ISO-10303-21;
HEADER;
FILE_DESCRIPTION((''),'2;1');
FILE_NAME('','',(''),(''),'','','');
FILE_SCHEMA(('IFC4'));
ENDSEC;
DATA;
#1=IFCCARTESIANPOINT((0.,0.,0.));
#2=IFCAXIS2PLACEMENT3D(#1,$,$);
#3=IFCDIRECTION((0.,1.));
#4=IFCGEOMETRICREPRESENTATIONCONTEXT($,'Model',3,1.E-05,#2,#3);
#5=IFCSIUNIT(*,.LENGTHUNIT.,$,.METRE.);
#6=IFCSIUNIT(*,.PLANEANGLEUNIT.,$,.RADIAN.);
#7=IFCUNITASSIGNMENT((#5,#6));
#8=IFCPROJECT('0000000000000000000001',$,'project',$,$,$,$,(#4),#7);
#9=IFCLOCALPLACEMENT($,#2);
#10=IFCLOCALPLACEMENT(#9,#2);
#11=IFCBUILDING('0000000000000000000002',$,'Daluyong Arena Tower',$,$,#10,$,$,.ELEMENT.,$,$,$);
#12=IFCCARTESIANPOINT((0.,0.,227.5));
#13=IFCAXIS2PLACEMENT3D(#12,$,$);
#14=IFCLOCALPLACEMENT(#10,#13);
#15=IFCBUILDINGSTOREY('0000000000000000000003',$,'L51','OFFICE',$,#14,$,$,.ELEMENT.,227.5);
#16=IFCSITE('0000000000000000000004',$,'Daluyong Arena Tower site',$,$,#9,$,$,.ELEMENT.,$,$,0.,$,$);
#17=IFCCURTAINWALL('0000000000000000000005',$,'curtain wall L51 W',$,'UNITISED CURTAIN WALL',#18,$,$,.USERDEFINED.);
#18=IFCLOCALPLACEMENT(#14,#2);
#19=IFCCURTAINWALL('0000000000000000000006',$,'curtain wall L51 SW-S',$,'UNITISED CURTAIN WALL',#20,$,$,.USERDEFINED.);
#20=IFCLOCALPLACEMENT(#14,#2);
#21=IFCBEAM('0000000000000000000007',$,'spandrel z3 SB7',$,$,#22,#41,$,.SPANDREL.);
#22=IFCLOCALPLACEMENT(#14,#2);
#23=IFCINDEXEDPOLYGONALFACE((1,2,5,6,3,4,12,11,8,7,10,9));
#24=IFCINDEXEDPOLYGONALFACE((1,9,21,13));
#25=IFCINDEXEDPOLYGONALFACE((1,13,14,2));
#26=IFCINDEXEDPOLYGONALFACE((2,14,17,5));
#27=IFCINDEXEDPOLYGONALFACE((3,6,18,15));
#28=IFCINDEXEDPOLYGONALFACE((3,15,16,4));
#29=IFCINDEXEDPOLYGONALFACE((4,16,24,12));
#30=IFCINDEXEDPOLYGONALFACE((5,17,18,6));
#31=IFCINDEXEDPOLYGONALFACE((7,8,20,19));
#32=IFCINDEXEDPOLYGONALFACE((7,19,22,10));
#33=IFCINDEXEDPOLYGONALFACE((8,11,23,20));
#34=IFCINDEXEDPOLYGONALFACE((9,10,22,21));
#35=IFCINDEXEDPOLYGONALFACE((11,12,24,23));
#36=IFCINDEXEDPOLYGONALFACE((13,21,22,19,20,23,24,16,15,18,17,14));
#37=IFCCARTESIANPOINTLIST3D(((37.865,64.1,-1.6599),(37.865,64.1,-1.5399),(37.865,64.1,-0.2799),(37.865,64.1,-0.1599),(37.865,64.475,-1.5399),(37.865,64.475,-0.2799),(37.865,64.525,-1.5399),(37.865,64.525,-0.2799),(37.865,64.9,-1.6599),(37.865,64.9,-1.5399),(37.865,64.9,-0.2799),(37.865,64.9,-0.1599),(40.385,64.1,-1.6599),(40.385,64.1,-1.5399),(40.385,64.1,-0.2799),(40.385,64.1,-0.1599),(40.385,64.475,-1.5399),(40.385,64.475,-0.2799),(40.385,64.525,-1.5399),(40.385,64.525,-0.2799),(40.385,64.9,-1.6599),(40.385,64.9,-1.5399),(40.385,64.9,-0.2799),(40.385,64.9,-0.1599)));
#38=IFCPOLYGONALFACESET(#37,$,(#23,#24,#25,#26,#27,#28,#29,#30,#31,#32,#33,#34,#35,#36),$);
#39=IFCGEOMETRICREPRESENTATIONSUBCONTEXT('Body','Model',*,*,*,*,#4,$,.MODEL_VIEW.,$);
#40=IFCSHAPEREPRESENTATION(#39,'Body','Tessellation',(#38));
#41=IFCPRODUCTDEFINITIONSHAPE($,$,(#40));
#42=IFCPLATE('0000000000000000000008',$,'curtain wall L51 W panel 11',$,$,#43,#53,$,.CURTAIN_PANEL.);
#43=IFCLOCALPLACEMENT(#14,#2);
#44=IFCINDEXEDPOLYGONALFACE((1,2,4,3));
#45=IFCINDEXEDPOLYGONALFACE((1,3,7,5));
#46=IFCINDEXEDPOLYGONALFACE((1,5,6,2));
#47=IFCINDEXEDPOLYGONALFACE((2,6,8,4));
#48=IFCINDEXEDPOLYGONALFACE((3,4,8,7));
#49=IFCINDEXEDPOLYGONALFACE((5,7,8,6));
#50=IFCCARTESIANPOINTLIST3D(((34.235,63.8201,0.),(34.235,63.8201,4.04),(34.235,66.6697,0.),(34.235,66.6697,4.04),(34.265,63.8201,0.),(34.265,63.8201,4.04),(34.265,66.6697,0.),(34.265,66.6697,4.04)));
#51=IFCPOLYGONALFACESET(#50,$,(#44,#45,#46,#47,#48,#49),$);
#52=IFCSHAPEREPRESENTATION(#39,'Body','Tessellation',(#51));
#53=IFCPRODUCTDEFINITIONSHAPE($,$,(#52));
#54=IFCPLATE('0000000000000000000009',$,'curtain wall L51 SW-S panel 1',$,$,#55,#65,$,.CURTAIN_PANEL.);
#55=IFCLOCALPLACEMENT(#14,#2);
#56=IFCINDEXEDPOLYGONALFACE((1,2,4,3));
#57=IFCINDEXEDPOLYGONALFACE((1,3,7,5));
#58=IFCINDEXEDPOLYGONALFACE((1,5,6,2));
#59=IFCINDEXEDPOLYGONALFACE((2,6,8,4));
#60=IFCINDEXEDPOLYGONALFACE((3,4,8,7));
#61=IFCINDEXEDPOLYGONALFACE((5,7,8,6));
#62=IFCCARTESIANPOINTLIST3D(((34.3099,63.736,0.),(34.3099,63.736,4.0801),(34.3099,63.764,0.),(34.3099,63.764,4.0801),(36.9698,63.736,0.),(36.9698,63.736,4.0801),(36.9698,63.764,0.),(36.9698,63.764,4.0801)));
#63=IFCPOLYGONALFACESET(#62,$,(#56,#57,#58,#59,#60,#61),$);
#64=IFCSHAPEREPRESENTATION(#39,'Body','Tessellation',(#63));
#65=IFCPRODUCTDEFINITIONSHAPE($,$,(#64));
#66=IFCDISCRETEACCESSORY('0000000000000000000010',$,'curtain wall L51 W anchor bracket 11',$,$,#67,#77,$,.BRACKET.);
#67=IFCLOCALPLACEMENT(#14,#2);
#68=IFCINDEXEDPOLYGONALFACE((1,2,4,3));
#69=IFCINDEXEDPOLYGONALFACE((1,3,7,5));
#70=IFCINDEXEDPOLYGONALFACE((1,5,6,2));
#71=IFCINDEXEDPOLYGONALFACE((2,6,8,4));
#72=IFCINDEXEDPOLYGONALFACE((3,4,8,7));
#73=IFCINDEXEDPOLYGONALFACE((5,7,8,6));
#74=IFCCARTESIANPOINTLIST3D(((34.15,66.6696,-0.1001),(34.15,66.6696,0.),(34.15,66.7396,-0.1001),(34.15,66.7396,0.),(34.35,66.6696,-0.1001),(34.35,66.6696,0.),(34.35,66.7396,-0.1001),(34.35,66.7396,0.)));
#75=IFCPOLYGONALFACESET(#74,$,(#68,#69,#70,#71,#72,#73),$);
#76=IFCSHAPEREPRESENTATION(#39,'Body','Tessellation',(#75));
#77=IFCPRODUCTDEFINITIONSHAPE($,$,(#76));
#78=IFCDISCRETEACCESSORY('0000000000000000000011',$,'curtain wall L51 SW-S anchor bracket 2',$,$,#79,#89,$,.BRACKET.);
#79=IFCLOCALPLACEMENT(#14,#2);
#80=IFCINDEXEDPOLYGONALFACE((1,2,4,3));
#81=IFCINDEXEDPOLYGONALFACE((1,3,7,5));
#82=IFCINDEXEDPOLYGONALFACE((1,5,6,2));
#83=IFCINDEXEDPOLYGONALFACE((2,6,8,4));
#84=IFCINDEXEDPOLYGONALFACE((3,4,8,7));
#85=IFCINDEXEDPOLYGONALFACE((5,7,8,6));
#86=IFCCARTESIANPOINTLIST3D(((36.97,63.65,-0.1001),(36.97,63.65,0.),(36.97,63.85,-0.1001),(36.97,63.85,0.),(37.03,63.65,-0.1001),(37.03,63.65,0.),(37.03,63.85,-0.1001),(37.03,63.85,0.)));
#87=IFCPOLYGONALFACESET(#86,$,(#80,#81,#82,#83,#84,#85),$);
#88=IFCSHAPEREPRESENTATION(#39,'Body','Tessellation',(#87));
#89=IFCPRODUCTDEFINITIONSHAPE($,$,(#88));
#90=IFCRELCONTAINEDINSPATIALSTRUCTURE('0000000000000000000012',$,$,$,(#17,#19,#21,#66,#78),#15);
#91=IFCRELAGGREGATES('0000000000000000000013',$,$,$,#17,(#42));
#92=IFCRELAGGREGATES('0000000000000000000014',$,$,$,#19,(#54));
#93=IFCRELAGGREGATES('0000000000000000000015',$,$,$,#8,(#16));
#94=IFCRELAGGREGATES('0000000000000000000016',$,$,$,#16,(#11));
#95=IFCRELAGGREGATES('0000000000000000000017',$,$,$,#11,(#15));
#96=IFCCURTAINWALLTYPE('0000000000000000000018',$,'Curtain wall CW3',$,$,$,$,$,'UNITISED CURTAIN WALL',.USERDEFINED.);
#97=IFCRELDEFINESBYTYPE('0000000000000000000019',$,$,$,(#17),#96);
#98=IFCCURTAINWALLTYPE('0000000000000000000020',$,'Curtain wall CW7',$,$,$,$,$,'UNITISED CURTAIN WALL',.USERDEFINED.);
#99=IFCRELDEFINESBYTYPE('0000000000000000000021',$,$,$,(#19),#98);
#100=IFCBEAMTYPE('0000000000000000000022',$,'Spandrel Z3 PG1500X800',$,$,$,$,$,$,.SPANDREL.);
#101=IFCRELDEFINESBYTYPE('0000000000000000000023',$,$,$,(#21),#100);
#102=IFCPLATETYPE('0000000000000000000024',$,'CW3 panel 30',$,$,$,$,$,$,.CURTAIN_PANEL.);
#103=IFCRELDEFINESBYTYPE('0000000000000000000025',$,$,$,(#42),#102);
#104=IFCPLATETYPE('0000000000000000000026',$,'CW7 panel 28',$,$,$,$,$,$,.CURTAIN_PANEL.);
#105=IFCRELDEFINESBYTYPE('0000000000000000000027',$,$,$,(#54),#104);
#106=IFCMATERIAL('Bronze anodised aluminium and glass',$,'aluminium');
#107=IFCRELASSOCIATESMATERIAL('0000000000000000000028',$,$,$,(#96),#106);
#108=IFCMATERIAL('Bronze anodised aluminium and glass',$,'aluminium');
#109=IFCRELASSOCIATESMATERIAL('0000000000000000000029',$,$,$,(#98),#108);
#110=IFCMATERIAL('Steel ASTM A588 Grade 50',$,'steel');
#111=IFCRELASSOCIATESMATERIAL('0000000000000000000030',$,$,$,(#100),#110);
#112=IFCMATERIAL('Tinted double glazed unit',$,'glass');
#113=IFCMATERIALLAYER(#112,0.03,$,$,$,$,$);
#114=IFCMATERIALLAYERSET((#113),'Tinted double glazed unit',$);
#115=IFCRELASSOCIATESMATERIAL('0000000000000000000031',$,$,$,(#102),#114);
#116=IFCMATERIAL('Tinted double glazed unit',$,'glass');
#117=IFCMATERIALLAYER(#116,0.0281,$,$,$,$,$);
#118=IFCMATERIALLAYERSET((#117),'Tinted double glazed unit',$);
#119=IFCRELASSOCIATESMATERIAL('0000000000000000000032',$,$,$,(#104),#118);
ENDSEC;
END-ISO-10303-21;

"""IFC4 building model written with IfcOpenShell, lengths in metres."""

from ifc_helpers import new_model, si_unit, direction, frame, origin, origin_2d, place, context, subcontext, project, spatial, rectangle, i_section, extrude, material, layer, layer_set, material_profile, profile_set, type_object, element, aggregate, save


model = new_model("IFC4")

# Units and contexts
model_context = context("Model", 3, precision=1e-05, world=origin(), true_north=direction((0.0, 1.0)))
body_context = subcontext(model_context, "Body", "Model", "MODEL_VIEW")
ifc_project = project(units=[si_unit("LENGTHUNIT", "METRE"), si_unit("PLANEANGLEUNIT", "RADIAN")], contexts=[model_context])

# Site, building, storey
site_placement = place(None, origin())
site = spatial("IfcSite", under=ifc_project, at=site_placement, Name="Daluyong Arena Tower site", CompositionType="ELEMENT", RefElevation=0.0)
building_placement = place(site_placement, origin())
building = spatial("IfcBuilding", under=site, at=building_placement, Name="Daluyong Arena Tower", CompositionType="ELEMENT")
storey_placement = place(building_placement, frame((0.0, 0.0, 227.5)))
storey = spatial("IfcBuildingStorey", under=building, at=storey_placement, Name="L51", Description="OFFICE", CompositionType="ELEMENT", Elevation=227.5)

# Curtain walls
ifc_material_1 = material(Name="Bronze anodised aluminium and glass", Category="aluminium")
curtain_wall_type_1 = type_object("IfcCurtainWallType", Name="Curtain wall CW3", ElementType="UNITISED CURTAIN WALL", PredefinedType="USERDEFINED", material=ifc_material_1)
curtain_wall_1_placement = place(storey_placement, origin())
curtain_wall_1 = element("IfcCurtainWall", 1, at=curtain_wall_1_placement, inside=storey, type_object=curtain_wall_type_1, Name="curtain wall L51 W", ObjectType="UNITISED CURTAIN WALL", PredefinedType="USERDEFINED")
ifc_material_2 = material(Name="Bronze anodised aluminium and glass", Category="aluminium")
curtain_wall_type_2 = type_object("IfcCurtainWallType", Name="Curtain wall CW7", ElementType="UNITISED CURTAIN WALL", PredefinedType="USERDEFINED", material=ifc_material_2)
curtain_wall_2_placement = place(storey_placement, origin())
curtain_wall_2 = element("IfcCurtainWall", 2, at=curtain_wall_2_placement, inside=storey, type_object=curtain_wall_type_2, Name="curtain wall L51 SW-S", ObjectType="UNITISED CURTAIN WALL", PredefinedType="USERDEFINED")

# Beam
ifc_material_3 = material(Name="Steel ASTM A588 Grade 50", Category="steel")
ifc_material_profile_1 = material_profile(ifc_material_3, i_section(OverallWidth=0.8, OverallDepth=1.5, WebThickness=0.05, FlangeThickness=0.12, at=origin_2d()))
ifc_profile_set_1 = profile_set([ifc_material_profile_1], Name="Steel ASTM A588 Grade 50")
beam_type = type_object("IfcBeamType", Name="Spandrel Z3 PG1500X800", PredefinedType="SPANDREL", material=ifc_profile_set_1)
for number, where, z_axis, x_axis, name in (
    (3, (37.865, 64.5, -0.9099), (1.0, 0.0, 0.0), (0.0, 1.0, 0.0), "spandrel z3 SB7"),
):
    element("IfcBeam", number, at=place(storey_placement, frame(where, z_axis=z_axis, x_axis=x_axis)), inside=storey, type_object=beam_type, Name=name, PredefinedType="SPANDREL", context=body_context, shape_type="SweptSolid", body=[
        extrude(i_section(OverallWidth=0.8, OverallDepth=1.5, WebThickness=0.05, FlangeThickness=0.12, at=origin_2d()), origin(), (0.0, 0.0, 1.0), 2.52),
    ])

# Plates
ifc_material_4 = material(Name="Tinted double glazed unit", Category="glass")
ifc_layer_1 = layer(ifc_material_4, 0.03)
ifc_layer_set_1 = layer_set([ifc_layer_1], Name="Tinted double glazed unit")
plate_type_1 = type_object("IfcPlateType", Name="CW3 panel 30", PredefinedType="CURTAIN_PANEL", material=ifc_layer_set_1)
plate_1_placement = place(storey_placement, frame((34.25, 65.2449, 0.0), z_axis=(0.0, 0.0, 1.0), x_axis=(0.0, -1.0, 0.0)))
plate_1 = element("IfcPlate", 4, at=plate_1_placement, type_object=plate_type_1, Name="curtain wall L51 W panel 11", PredefinedType="CURTAIN_PANEL", context=body_context, shape_type="SweptSolid", body=[
    extrude(rectangle(XDim=2.8496, YDim=0.03, at=origin_2d()), origin(), (0.0, 0.0, 1.0), 4.04),
])
aggregate(curtain_wall_1, [plate_1])
ifc_material_5 = material(Name="Tinted double glazed unit", Category="glass")
ifc_layer_2 = layer(ifc_material_5, 0.0281)
ifc_layer_set_2 = layer_set([ifc_layer_2], Name="Tinted double glazed unit")
plate_type_2 = type_object("IfcPlateType", Name="CW7 panel 28", PredefinedType="CURTAIN_PANEL", material=ifc_layer_set_2)
plate_2_placement = place(storey_placement, frame((35.6399, 63.75, 0.0), z_axis=(0.0, 0.0, 1.0), x_axis=(1.0, 0.0, 0.0)))
plate_2 = element("IfcPlate", 5, at=plate_2_placement, type_object=plate_type_2, Name="curtain wall L51 SW-S panel 1", PredefinedType="CURTAIN_PANEL", context=body_context, shape_type="SweptSolid", body=[
    extrude(rectangle(XDim=2.6599, YDim=0.0281, at=origin_2d()), origin(), (0.0, 0.0, 1.0), 4.0801),
])
aggregate(curtain_wall_2, [plate_2])

# Discrete accessories
discrete_accessory_1_placement = place(storey_placement, frame((34.25, 66.7046, -0.1001), z_axis=(0.0, 0.0, 1.0), x_axis=(0.0, -1.0, 0.0)))
element("IfcDiscreteAccessory", 6, at=discrete_accessory_1_placement, inside=storey, Name="curtain wall L51 W anchor bracket 11", PredefinedType="BRACKET", context=body_context, shape_type="SweptSolid", body=[
    extrude(rectangle(XDim=0.0701, YDim=0.2, at=origin_2d()), origin(), (0.0, 0.0, 1.0), 0.1001),
])
discrete_accessory_2_placement = place(storey_placement, frame((37.0, 63.75, -0.1001), z_axis=(0.0, 0.0, 1.0), x_axis=(1.0, 0.0, 0.0)))
element("IfcDiscreteAccessory", 7, at=discrete_accessory_2_placement, inside=storey, Name="curtain wall L51 SW-S anchor bracket 2", PredefinedType="BRACKET", context=body_context, shape_type="SweptSolid", body=[
    extrude(rectangle(XDim=0.0601, YDim=0.2, at=origin_2d()), origin(), (0.0, 0.0, 1.0), 0.1001),
])

save(model, "model.ifc")
